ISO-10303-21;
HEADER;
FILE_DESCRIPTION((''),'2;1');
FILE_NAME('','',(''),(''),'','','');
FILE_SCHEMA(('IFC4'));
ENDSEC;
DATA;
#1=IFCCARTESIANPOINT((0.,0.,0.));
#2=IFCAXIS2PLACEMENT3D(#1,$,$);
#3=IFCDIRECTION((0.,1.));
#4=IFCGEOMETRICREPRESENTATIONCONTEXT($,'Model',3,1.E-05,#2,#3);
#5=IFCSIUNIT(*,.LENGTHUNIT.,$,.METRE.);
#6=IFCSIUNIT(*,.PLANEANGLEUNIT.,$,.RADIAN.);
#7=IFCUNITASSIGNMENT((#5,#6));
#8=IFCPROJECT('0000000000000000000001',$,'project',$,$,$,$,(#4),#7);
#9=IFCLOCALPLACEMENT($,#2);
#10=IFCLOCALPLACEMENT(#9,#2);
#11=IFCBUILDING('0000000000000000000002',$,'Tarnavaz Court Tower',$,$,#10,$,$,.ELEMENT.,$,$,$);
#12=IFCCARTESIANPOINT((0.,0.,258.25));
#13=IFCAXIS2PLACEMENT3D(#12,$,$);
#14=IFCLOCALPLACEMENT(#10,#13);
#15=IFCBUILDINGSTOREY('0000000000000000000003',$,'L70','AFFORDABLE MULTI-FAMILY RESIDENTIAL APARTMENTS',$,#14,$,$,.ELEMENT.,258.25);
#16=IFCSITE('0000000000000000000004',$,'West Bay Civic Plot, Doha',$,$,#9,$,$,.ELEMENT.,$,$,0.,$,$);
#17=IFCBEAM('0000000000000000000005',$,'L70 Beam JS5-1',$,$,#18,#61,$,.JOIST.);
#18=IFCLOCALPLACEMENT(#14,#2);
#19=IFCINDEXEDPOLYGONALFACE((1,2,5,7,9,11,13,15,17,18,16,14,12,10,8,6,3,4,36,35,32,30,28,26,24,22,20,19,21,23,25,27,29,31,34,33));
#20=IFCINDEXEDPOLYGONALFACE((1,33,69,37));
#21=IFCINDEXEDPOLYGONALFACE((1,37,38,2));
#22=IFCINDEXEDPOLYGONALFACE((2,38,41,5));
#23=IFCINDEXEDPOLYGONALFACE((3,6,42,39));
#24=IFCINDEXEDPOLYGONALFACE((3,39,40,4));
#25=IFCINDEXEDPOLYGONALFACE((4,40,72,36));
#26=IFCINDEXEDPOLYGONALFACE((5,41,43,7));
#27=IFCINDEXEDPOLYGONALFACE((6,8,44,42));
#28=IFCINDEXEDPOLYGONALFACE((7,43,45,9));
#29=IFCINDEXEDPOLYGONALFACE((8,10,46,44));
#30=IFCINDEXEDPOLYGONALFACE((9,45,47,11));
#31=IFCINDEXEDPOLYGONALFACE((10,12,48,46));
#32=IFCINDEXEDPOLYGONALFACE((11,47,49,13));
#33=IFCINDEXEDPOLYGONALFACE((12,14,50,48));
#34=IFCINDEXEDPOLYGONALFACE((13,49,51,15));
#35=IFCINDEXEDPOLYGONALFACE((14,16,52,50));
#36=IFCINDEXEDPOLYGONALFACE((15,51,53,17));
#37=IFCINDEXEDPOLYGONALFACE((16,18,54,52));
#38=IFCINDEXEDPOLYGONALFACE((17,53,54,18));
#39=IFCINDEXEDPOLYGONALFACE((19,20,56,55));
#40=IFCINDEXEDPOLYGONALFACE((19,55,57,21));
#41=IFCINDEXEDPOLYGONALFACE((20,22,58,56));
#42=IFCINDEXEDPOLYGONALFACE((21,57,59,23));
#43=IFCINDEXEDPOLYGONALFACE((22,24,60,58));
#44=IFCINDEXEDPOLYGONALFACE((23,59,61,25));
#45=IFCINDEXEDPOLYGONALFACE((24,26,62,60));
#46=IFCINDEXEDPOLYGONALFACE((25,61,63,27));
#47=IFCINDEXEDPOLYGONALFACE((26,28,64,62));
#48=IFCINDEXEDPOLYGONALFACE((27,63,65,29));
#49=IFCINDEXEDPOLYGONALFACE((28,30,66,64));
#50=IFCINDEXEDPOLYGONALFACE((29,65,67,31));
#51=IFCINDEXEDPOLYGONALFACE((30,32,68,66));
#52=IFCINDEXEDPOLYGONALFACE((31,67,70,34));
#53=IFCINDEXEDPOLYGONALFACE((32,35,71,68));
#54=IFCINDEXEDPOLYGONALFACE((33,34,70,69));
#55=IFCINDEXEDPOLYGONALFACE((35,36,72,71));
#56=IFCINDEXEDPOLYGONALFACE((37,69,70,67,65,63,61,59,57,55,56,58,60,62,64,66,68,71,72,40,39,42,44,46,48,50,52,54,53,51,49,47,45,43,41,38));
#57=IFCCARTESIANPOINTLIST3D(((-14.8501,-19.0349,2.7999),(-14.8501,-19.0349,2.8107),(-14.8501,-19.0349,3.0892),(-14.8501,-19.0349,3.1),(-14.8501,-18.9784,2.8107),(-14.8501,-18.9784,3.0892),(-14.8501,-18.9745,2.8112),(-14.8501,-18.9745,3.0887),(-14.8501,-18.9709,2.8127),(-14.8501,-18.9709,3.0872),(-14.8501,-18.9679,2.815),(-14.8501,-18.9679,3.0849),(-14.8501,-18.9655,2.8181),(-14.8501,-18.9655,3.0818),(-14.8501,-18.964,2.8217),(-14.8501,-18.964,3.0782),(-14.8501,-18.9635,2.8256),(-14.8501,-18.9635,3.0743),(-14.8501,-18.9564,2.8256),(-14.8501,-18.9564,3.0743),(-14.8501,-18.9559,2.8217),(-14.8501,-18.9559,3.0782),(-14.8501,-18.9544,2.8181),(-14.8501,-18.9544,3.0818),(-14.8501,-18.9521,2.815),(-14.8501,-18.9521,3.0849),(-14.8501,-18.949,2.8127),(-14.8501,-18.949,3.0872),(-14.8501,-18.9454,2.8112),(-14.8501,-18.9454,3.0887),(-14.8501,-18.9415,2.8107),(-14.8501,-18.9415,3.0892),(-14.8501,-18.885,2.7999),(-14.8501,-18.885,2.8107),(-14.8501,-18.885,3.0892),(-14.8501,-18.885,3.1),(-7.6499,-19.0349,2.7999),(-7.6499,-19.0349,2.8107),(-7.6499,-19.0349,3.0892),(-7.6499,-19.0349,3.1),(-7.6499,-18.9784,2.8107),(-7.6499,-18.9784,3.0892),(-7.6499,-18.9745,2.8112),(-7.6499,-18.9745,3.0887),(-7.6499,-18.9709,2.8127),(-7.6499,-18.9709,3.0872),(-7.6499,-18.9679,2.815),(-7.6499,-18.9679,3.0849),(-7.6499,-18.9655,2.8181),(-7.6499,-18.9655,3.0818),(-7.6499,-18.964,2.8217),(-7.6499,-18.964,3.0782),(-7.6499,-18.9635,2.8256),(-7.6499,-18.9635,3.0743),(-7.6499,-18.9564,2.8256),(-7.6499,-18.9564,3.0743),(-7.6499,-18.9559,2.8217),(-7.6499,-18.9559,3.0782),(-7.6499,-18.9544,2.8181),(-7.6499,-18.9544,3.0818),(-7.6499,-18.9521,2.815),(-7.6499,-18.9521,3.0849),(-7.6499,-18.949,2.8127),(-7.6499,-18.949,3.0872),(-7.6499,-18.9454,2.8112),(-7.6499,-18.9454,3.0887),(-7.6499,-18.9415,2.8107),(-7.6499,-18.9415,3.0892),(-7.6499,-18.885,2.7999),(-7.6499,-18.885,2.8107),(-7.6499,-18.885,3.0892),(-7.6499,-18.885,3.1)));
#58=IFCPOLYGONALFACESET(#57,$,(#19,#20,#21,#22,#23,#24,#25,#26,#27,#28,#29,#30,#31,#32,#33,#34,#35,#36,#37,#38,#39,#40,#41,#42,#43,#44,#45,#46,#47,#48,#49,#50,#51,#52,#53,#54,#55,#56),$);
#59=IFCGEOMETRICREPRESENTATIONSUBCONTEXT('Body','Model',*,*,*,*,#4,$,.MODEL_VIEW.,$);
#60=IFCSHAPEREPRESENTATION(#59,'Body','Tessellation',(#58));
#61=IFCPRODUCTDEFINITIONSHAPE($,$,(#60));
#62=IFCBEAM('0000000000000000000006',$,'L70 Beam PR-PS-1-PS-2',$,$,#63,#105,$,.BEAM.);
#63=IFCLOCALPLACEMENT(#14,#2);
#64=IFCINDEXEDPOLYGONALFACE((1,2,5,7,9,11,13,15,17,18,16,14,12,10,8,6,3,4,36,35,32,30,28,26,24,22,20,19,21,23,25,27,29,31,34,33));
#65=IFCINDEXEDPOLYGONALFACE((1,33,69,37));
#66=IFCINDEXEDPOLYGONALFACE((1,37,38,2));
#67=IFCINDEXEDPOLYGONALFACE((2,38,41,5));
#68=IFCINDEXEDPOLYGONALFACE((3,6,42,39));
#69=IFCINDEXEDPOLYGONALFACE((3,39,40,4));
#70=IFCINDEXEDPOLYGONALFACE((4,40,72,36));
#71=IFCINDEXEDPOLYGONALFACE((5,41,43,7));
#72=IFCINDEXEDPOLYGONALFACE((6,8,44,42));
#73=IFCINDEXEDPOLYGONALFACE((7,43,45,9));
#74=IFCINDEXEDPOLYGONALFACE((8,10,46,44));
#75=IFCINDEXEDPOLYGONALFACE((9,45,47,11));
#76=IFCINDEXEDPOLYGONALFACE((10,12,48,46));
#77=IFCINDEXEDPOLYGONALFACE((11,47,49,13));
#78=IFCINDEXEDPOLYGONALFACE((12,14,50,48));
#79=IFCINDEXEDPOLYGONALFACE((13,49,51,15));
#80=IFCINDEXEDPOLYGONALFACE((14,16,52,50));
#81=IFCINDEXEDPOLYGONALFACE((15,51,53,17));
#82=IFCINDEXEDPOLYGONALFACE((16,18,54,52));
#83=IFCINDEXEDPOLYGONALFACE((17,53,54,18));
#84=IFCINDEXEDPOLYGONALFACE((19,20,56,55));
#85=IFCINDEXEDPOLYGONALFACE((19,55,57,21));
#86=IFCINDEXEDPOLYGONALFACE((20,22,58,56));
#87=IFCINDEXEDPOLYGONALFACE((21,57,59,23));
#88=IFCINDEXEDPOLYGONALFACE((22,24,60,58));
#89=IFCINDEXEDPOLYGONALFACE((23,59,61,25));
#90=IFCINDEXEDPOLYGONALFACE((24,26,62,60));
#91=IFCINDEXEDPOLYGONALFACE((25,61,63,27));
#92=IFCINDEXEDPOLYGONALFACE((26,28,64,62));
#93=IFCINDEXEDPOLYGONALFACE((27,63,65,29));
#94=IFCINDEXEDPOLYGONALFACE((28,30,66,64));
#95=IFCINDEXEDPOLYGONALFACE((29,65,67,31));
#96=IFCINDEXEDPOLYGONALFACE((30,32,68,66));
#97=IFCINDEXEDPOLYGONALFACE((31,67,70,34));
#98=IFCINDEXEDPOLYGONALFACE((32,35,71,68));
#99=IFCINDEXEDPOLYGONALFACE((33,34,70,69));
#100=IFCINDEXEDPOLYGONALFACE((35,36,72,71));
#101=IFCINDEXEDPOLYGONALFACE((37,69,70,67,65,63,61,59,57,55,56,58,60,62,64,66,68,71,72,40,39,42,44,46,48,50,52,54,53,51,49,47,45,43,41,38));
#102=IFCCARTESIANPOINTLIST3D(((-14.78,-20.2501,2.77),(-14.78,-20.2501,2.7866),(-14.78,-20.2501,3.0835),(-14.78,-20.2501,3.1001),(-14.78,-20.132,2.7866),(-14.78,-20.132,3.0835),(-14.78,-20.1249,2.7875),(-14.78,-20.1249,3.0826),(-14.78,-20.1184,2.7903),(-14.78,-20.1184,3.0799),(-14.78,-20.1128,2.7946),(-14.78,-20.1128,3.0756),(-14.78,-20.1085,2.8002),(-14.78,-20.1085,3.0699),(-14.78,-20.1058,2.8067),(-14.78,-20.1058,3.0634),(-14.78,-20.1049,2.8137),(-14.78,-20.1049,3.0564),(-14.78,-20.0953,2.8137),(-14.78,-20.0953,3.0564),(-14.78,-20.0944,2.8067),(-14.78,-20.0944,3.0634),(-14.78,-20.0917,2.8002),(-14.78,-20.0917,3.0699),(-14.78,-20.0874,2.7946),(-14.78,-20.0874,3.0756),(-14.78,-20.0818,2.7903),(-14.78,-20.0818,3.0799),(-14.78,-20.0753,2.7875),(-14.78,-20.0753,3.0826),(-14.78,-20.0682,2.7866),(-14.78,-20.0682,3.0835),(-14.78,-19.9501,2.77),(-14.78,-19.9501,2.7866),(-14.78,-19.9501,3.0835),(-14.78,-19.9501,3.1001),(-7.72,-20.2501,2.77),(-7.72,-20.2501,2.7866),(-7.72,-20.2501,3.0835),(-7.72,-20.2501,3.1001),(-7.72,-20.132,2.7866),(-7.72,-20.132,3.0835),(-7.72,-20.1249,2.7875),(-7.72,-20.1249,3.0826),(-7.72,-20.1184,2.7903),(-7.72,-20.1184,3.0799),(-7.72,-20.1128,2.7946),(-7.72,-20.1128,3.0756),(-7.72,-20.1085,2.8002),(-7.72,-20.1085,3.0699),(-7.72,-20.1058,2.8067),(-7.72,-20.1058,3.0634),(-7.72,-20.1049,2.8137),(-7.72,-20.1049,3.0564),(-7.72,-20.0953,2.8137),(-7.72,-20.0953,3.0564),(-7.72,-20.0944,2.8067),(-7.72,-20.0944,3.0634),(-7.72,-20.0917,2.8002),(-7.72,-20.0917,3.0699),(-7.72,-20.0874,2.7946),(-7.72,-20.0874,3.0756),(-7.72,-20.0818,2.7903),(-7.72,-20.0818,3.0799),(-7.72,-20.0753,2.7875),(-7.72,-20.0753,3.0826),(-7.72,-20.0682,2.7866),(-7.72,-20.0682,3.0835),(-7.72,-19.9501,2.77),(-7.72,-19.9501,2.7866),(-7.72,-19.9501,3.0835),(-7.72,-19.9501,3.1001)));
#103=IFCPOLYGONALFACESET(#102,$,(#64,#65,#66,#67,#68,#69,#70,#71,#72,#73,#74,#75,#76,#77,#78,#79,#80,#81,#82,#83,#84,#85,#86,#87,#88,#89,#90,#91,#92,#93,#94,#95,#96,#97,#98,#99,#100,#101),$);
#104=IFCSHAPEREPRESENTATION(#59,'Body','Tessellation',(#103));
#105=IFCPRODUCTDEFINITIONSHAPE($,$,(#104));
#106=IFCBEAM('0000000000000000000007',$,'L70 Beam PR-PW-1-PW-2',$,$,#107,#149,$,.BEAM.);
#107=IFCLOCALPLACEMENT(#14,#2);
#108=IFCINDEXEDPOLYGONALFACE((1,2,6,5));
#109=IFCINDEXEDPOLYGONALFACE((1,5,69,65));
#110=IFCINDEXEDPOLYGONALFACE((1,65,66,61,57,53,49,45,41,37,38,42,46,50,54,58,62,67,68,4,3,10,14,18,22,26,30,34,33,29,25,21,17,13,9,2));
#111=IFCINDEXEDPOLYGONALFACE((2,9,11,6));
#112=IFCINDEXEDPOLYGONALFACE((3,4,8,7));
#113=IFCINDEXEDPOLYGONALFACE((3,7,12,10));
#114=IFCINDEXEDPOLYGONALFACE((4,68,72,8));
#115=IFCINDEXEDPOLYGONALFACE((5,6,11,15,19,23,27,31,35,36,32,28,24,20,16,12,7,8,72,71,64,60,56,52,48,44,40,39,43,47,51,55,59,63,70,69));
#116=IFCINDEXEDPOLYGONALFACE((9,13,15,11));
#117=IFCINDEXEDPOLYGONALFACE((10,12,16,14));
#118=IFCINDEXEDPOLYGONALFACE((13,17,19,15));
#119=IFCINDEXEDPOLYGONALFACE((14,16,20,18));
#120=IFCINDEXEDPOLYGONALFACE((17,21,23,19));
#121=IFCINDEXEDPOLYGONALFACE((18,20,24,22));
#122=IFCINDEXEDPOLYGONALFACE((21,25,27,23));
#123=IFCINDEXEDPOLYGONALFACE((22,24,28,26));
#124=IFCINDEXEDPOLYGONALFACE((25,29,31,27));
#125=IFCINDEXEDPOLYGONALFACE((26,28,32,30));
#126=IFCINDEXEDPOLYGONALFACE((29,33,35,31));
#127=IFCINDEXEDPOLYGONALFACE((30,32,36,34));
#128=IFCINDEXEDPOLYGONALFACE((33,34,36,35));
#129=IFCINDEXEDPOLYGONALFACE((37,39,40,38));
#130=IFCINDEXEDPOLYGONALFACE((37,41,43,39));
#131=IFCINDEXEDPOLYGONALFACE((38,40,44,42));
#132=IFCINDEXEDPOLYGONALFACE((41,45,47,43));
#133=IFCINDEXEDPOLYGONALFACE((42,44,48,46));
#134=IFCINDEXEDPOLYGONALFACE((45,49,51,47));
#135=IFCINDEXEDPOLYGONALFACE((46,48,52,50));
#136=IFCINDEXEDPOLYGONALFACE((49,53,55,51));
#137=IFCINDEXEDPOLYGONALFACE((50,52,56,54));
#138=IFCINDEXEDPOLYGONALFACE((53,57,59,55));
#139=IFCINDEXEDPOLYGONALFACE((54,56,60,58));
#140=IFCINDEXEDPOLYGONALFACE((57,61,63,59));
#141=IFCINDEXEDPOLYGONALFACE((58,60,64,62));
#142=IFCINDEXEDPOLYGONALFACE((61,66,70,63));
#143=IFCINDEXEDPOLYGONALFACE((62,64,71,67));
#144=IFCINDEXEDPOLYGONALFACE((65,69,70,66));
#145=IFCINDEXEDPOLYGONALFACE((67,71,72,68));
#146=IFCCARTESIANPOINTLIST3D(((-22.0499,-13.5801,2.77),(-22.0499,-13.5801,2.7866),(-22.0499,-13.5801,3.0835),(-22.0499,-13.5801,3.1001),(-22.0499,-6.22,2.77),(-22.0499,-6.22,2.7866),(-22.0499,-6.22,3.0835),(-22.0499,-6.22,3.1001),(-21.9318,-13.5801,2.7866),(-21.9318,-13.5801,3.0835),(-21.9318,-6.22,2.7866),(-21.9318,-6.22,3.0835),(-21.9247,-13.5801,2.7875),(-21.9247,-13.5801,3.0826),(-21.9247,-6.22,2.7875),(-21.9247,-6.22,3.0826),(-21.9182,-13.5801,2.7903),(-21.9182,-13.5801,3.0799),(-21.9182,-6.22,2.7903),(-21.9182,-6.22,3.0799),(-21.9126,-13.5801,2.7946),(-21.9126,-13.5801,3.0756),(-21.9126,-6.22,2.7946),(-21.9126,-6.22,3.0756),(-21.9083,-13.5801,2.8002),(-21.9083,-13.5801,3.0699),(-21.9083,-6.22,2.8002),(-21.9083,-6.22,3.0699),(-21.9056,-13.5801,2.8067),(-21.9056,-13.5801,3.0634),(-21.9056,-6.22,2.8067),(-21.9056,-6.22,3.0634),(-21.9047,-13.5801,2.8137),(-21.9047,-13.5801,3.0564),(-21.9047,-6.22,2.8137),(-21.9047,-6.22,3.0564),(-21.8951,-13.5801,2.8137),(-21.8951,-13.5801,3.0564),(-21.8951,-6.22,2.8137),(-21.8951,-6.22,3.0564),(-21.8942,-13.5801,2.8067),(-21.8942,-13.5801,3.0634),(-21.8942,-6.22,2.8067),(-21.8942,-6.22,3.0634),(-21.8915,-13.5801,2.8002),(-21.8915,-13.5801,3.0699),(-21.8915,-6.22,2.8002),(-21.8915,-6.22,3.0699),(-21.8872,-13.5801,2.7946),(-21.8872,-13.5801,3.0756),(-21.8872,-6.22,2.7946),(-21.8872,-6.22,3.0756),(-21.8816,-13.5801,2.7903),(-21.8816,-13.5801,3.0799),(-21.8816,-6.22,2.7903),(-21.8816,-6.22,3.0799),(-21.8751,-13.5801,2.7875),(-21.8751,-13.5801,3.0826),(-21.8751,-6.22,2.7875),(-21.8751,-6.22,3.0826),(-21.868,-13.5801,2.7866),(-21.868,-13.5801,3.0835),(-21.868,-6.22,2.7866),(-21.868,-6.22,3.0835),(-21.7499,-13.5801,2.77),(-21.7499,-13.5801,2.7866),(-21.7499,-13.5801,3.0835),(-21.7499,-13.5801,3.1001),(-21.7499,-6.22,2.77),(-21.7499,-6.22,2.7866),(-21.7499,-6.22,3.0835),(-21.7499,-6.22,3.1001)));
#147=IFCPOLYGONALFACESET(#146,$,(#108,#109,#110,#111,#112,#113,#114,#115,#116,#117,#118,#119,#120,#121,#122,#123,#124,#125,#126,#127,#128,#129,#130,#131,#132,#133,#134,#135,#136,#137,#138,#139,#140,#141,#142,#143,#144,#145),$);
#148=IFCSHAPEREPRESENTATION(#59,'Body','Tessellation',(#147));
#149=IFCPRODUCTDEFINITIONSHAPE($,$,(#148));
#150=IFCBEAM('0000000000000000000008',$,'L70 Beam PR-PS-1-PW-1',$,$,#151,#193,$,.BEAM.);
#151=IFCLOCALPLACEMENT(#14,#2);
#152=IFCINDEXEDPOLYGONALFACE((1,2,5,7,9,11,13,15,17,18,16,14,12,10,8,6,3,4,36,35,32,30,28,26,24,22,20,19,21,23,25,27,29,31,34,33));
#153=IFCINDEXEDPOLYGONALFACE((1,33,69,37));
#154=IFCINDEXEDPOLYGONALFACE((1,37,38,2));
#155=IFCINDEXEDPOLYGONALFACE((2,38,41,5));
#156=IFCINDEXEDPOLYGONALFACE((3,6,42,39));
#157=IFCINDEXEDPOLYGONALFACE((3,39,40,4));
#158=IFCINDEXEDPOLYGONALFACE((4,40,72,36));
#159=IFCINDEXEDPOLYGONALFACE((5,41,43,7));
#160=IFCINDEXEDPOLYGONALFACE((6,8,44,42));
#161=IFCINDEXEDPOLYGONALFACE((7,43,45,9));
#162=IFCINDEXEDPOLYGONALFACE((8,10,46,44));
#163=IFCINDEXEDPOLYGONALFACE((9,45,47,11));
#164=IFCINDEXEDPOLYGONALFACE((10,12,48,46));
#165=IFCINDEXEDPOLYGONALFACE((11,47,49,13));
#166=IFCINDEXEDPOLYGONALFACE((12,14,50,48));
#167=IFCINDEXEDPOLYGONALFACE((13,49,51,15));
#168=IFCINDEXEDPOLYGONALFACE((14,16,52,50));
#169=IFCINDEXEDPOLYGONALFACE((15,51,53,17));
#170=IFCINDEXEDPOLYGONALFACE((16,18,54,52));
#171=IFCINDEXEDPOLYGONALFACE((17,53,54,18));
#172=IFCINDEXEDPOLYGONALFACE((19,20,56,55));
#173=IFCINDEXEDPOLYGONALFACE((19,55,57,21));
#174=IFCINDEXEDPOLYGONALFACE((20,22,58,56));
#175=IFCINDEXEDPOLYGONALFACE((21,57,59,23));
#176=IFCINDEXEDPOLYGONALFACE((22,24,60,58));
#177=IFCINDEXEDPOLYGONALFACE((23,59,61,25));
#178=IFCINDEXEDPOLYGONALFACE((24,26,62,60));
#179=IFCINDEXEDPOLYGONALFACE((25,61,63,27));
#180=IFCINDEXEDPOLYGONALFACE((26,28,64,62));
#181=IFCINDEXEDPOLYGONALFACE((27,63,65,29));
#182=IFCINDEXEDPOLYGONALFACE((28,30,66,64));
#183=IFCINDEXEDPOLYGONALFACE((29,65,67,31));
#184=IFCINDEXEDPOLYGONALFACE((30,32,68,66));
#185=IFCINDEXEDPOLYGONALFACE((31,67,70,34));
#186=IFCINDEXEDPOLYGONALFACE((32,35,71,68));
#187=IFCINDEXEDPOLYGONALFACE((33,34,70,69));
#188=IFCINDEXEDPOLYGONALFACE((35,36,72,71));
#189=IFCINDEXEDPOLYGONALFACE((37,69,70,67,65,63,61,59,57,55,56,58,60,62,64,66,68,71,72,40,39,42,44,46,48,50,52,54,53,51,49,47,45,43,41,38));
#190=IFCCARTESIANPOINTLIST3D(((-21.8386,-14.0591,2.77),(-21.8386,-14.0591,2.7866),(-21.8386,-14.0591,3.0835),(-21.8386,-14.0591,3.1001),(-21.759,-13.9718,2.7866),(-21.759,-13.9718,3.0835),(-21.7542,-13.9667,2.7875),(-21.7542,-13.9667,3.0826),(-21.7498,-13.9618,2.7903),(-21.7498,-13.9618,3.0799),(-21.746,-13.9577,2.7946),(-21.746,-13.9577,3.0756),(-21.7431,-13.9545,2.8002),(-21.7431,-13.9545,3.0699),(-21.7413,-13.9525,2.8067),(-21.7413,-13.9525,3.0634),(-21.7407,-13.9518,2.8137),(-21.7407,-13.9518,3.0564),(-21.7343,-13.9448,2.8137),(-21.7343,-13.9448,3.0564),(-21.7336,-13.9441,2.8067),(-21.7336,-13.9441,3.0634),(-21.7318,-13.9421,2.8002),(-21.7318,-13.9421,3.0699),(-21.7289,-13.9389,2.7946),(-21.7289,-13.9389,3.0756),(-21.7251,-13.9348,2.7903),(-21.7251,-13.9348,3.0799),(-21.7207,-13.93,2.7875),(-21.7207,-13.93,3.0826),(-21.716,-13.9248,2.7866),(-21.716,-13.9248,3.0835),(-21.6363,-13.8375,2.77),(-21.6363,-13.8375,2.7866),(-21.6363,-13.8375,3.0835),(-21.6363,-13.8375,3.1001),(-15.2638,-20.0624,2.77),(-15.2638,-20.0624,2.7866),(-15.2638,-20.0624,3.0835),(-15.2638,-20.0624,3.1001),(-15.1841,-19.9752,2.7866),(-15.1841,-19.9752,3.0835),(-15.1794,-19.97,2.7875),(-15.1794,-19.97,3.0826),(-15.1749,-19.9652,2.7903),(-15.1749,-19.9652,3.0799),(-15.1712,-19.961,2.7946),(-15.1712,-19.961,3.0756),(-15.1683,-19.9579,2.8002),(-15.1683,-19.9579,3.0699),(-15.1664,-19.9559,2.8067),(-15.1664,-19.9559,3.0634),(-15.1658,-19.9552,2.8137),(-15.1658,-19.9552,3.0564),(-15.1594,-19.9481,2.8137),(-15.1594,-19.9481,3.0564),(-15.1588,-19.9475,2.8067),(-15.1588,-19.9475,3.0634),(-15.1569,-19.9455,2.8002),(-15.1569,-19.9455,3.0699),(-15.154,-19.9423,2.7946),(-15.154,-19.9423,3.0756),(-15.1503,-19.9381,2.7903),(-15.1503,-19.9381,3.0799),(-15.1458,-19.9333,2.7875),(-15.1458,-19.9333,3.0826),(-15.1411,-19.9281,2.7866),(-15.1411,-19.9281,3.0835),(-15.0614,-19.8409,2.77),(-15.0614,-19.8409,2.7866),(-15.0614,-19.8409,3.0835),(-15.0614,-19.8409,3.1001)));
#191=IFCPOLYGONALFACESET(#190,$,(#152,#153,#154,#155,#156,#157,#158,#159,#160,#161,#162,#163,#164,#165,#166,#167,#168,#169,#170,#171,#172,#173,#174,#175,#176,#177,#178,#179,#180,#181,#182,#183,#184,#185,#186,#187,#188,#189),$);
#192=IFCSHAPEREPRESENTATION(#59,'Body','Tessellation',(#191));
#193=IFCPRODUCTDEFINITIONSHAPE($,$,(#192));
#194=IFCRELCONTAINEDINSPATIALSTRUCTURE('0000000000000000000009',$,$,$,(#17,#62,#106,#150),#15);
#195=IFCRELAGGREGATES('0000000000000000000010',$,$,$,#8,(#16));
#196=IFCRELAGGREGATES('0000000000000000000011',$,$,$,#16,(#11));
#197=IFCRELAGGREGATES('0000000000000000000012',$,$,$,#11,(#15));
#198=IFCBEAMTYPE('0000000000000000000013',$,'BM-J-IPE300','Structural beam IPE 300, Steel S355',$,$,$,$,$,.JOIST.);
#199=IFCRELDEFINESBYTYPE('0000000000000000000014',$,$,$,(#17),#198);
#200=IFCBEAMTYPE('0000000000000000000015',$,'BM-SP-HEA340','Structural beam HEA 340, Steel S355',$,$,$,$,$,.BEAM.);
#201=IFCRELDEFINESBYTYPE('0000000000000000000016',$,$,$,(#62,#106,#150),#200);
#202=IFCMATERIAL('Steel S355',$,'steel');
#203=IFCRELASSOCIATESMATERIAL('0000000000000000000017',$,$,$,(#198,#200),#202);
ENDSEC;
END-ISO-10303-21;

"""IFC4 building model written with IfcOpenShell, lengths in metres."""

from ifc_helpers import new_model, si_unit, direction, frame, origin, origin_2d, place, context, subcontext, project, spatial, i_section, extrude, material, material_profile, profile_set, type_object, element, save


model = new_model("IFC4")

# Units and contexts
model_context = context("Model", 3, precision=1e-05, world=origin(), true_north=direction((0.0, 1.0)))
body_context = subcontext(model_context, "Body", "Model", "MODEL_VIEW")
ifc_project = project(units=[si_unit("LENGTHUNIT", "METRE"), si_unit("PLANEANGLEUNIT", "RADIAN")], contexts=[model_context])

# Site, building, storey
site_placement = place(None, origin())
site = spatial("IfcSite", under=ifc_project, at=site_placement, Name="West Bay Civic Plot, Doha", CompositionType="ELEMENT", RefElevation=0.0)
building_placement = place(site_placement, origin())
building = spatial("IfcBuilding", under=site, at=building_placement, Name="Tarnavaz Court Tower", CompositionType="ELEMENT")
storey_placement = place(building_placement, frame((0.0, 0.0, 258.25)))
storey = spatial("IfcBuildingStorey", under=building, at=storey_placement, Name="L70", Description="AFFORDABLE MULTI-FAMILY RESIDENTIAL APARTMENTS", CompositionType="ELEMENT", Elevation=258.25)

# Beams
ifc_material_1 = material(Name="Steel S355", Category="steel")
ifc_material_profile_1 = material_profile(ifc_material_1, i_section(OverallWidth=0.1499, OverallDepth=0.3, WebThickness=0.0071, FlangeThickness=0.0107, FilletRadius=0.0149, at=origin_2d()), Name="IPE 300")
ifc_profile_set_1 = profile_set([ifc_material_profile_1], Name="Steel S355")
beam_type_1 = type_object("IfcBeamType", Name="BM-J-IPE300", Description="Structural beam IPE 300, Steel S355", PredefinedType="JOIST", material=ifc_profile_set_1)
for number, where, z_axis, x_axis, name in (
    (1, (-14.8501, -18.96, 2.95), (1.0, 0.0, 0.0), (0.0, 1.0, 0.0), "L70 Beam JS5-1"),
):
    element("IfcBeam", number, at=place(storey_placement, frame(where, z_axis=z_axis, x_axis=x_axis)), inside=storey, type_object=beam_type_1, Name=name, PredefinedType="JOIST", context=body_context, shape_type="SweptSolid", body=[
        extrude(i_section(OverallWidth=0.1499, OverallDepth=0.3, WebThickness=0.0071, FlangeThickness=0.0107, FilletRadius=0.0149, at=origin_2d()), origin(), (0.0, 0.0, 1.0), 7.2002),
    ])
ifc_material_profile_2 = material_profile(ifc_material_1, i_section(OverallWidth=0.3, OverallDepth=0.3301, WebThickness=0.0095, FlangeThickness=0.0166, FilletRadius=0.0271, at=origin_2d()), Name="HEA 340")
ifc_profile_set_2 = profile_set([ifc_material_profile_2], Name="Steel S355")
beam_type_2 = type_object("IfcBeamType", Name="BM-SP-HEA340", Description="Structural beam HEA 340, Steel S355", PredefinedType="BEAM", material=ifc_profile_set_2)
beam_1_placement = place(storey_placement, frame((-14.78, -20.1001, 2.9351), z_axis=(1.0, 0.0, 0.0), x_axis=(0.0, 1.0, 0.0)))
element("IfcBeam", 2, at=beam_1_placement, inside=storey, type_object=beam_type_2, Name="L70 Beam PR-PS-1-PS-2", PredefinedType="BEAM", context=body_context, shape_type="SweptSolid", body=[
    extrude(i_section(OverallWidth=0.3, OverallDepth=0.3301, WebThickness=0.0095, FlangeThickness=0.0166, FilletRadius=0.0271, at=origin_2d()), origin(), (0.0, 0.0, 1.0), 7.0601),
])
beam_2_placement = place(storey_placement, frame((-21.8999, -13.5801, 2.9351), z_axis=(0.0, 1.0, 0.0), x_axis=(-1.0, 0.0, 0.0)))
element("IfcBeam", 3, at=beam_2_placement, inside=storey, type_object=beam_type_2, Name="L70 Beam PR-PW-1-PW-2", PredefinedType="BEAM", context=body_context, shape_type="SweptSolid", body=[
    extrude(i_section(OverallWidth=0.3, OverallDepth=0.3301, WebThickness=0.0095, FlangeThickness=0.0166, FilletRadius=0.0271, at=origin_2d()), origin(), (0.0, 0.0, 1.0), 7.3601),
])
beam_3_placement = place(storey_placement, frame((-15.1626, -19.9517, 2.9351), z_axis=(-0.738474, 0.674282, 0.0), x_axis=(-0.674282, -0.738474, 0.0)))
element("IfcBeam", 4, at=beam_3_placement, inside=storey, type_object=beam_type_2, Name="L70 Beam PR-PS-1-PW-1", PredefinedType="BEAM", context=body_context, shape_type="SweptSolid", body=[
    extrude(i_section(OverallWidth=0.3, OverallDepth=0.3301, WebThickness=0.0095, FlangeThickness=0.0166, FilletRadius=0.0271, at=origin_2d()), origin(), (0.0, 0.0, 1.0), 8.9033),
])

save(model, "model.ifc")
